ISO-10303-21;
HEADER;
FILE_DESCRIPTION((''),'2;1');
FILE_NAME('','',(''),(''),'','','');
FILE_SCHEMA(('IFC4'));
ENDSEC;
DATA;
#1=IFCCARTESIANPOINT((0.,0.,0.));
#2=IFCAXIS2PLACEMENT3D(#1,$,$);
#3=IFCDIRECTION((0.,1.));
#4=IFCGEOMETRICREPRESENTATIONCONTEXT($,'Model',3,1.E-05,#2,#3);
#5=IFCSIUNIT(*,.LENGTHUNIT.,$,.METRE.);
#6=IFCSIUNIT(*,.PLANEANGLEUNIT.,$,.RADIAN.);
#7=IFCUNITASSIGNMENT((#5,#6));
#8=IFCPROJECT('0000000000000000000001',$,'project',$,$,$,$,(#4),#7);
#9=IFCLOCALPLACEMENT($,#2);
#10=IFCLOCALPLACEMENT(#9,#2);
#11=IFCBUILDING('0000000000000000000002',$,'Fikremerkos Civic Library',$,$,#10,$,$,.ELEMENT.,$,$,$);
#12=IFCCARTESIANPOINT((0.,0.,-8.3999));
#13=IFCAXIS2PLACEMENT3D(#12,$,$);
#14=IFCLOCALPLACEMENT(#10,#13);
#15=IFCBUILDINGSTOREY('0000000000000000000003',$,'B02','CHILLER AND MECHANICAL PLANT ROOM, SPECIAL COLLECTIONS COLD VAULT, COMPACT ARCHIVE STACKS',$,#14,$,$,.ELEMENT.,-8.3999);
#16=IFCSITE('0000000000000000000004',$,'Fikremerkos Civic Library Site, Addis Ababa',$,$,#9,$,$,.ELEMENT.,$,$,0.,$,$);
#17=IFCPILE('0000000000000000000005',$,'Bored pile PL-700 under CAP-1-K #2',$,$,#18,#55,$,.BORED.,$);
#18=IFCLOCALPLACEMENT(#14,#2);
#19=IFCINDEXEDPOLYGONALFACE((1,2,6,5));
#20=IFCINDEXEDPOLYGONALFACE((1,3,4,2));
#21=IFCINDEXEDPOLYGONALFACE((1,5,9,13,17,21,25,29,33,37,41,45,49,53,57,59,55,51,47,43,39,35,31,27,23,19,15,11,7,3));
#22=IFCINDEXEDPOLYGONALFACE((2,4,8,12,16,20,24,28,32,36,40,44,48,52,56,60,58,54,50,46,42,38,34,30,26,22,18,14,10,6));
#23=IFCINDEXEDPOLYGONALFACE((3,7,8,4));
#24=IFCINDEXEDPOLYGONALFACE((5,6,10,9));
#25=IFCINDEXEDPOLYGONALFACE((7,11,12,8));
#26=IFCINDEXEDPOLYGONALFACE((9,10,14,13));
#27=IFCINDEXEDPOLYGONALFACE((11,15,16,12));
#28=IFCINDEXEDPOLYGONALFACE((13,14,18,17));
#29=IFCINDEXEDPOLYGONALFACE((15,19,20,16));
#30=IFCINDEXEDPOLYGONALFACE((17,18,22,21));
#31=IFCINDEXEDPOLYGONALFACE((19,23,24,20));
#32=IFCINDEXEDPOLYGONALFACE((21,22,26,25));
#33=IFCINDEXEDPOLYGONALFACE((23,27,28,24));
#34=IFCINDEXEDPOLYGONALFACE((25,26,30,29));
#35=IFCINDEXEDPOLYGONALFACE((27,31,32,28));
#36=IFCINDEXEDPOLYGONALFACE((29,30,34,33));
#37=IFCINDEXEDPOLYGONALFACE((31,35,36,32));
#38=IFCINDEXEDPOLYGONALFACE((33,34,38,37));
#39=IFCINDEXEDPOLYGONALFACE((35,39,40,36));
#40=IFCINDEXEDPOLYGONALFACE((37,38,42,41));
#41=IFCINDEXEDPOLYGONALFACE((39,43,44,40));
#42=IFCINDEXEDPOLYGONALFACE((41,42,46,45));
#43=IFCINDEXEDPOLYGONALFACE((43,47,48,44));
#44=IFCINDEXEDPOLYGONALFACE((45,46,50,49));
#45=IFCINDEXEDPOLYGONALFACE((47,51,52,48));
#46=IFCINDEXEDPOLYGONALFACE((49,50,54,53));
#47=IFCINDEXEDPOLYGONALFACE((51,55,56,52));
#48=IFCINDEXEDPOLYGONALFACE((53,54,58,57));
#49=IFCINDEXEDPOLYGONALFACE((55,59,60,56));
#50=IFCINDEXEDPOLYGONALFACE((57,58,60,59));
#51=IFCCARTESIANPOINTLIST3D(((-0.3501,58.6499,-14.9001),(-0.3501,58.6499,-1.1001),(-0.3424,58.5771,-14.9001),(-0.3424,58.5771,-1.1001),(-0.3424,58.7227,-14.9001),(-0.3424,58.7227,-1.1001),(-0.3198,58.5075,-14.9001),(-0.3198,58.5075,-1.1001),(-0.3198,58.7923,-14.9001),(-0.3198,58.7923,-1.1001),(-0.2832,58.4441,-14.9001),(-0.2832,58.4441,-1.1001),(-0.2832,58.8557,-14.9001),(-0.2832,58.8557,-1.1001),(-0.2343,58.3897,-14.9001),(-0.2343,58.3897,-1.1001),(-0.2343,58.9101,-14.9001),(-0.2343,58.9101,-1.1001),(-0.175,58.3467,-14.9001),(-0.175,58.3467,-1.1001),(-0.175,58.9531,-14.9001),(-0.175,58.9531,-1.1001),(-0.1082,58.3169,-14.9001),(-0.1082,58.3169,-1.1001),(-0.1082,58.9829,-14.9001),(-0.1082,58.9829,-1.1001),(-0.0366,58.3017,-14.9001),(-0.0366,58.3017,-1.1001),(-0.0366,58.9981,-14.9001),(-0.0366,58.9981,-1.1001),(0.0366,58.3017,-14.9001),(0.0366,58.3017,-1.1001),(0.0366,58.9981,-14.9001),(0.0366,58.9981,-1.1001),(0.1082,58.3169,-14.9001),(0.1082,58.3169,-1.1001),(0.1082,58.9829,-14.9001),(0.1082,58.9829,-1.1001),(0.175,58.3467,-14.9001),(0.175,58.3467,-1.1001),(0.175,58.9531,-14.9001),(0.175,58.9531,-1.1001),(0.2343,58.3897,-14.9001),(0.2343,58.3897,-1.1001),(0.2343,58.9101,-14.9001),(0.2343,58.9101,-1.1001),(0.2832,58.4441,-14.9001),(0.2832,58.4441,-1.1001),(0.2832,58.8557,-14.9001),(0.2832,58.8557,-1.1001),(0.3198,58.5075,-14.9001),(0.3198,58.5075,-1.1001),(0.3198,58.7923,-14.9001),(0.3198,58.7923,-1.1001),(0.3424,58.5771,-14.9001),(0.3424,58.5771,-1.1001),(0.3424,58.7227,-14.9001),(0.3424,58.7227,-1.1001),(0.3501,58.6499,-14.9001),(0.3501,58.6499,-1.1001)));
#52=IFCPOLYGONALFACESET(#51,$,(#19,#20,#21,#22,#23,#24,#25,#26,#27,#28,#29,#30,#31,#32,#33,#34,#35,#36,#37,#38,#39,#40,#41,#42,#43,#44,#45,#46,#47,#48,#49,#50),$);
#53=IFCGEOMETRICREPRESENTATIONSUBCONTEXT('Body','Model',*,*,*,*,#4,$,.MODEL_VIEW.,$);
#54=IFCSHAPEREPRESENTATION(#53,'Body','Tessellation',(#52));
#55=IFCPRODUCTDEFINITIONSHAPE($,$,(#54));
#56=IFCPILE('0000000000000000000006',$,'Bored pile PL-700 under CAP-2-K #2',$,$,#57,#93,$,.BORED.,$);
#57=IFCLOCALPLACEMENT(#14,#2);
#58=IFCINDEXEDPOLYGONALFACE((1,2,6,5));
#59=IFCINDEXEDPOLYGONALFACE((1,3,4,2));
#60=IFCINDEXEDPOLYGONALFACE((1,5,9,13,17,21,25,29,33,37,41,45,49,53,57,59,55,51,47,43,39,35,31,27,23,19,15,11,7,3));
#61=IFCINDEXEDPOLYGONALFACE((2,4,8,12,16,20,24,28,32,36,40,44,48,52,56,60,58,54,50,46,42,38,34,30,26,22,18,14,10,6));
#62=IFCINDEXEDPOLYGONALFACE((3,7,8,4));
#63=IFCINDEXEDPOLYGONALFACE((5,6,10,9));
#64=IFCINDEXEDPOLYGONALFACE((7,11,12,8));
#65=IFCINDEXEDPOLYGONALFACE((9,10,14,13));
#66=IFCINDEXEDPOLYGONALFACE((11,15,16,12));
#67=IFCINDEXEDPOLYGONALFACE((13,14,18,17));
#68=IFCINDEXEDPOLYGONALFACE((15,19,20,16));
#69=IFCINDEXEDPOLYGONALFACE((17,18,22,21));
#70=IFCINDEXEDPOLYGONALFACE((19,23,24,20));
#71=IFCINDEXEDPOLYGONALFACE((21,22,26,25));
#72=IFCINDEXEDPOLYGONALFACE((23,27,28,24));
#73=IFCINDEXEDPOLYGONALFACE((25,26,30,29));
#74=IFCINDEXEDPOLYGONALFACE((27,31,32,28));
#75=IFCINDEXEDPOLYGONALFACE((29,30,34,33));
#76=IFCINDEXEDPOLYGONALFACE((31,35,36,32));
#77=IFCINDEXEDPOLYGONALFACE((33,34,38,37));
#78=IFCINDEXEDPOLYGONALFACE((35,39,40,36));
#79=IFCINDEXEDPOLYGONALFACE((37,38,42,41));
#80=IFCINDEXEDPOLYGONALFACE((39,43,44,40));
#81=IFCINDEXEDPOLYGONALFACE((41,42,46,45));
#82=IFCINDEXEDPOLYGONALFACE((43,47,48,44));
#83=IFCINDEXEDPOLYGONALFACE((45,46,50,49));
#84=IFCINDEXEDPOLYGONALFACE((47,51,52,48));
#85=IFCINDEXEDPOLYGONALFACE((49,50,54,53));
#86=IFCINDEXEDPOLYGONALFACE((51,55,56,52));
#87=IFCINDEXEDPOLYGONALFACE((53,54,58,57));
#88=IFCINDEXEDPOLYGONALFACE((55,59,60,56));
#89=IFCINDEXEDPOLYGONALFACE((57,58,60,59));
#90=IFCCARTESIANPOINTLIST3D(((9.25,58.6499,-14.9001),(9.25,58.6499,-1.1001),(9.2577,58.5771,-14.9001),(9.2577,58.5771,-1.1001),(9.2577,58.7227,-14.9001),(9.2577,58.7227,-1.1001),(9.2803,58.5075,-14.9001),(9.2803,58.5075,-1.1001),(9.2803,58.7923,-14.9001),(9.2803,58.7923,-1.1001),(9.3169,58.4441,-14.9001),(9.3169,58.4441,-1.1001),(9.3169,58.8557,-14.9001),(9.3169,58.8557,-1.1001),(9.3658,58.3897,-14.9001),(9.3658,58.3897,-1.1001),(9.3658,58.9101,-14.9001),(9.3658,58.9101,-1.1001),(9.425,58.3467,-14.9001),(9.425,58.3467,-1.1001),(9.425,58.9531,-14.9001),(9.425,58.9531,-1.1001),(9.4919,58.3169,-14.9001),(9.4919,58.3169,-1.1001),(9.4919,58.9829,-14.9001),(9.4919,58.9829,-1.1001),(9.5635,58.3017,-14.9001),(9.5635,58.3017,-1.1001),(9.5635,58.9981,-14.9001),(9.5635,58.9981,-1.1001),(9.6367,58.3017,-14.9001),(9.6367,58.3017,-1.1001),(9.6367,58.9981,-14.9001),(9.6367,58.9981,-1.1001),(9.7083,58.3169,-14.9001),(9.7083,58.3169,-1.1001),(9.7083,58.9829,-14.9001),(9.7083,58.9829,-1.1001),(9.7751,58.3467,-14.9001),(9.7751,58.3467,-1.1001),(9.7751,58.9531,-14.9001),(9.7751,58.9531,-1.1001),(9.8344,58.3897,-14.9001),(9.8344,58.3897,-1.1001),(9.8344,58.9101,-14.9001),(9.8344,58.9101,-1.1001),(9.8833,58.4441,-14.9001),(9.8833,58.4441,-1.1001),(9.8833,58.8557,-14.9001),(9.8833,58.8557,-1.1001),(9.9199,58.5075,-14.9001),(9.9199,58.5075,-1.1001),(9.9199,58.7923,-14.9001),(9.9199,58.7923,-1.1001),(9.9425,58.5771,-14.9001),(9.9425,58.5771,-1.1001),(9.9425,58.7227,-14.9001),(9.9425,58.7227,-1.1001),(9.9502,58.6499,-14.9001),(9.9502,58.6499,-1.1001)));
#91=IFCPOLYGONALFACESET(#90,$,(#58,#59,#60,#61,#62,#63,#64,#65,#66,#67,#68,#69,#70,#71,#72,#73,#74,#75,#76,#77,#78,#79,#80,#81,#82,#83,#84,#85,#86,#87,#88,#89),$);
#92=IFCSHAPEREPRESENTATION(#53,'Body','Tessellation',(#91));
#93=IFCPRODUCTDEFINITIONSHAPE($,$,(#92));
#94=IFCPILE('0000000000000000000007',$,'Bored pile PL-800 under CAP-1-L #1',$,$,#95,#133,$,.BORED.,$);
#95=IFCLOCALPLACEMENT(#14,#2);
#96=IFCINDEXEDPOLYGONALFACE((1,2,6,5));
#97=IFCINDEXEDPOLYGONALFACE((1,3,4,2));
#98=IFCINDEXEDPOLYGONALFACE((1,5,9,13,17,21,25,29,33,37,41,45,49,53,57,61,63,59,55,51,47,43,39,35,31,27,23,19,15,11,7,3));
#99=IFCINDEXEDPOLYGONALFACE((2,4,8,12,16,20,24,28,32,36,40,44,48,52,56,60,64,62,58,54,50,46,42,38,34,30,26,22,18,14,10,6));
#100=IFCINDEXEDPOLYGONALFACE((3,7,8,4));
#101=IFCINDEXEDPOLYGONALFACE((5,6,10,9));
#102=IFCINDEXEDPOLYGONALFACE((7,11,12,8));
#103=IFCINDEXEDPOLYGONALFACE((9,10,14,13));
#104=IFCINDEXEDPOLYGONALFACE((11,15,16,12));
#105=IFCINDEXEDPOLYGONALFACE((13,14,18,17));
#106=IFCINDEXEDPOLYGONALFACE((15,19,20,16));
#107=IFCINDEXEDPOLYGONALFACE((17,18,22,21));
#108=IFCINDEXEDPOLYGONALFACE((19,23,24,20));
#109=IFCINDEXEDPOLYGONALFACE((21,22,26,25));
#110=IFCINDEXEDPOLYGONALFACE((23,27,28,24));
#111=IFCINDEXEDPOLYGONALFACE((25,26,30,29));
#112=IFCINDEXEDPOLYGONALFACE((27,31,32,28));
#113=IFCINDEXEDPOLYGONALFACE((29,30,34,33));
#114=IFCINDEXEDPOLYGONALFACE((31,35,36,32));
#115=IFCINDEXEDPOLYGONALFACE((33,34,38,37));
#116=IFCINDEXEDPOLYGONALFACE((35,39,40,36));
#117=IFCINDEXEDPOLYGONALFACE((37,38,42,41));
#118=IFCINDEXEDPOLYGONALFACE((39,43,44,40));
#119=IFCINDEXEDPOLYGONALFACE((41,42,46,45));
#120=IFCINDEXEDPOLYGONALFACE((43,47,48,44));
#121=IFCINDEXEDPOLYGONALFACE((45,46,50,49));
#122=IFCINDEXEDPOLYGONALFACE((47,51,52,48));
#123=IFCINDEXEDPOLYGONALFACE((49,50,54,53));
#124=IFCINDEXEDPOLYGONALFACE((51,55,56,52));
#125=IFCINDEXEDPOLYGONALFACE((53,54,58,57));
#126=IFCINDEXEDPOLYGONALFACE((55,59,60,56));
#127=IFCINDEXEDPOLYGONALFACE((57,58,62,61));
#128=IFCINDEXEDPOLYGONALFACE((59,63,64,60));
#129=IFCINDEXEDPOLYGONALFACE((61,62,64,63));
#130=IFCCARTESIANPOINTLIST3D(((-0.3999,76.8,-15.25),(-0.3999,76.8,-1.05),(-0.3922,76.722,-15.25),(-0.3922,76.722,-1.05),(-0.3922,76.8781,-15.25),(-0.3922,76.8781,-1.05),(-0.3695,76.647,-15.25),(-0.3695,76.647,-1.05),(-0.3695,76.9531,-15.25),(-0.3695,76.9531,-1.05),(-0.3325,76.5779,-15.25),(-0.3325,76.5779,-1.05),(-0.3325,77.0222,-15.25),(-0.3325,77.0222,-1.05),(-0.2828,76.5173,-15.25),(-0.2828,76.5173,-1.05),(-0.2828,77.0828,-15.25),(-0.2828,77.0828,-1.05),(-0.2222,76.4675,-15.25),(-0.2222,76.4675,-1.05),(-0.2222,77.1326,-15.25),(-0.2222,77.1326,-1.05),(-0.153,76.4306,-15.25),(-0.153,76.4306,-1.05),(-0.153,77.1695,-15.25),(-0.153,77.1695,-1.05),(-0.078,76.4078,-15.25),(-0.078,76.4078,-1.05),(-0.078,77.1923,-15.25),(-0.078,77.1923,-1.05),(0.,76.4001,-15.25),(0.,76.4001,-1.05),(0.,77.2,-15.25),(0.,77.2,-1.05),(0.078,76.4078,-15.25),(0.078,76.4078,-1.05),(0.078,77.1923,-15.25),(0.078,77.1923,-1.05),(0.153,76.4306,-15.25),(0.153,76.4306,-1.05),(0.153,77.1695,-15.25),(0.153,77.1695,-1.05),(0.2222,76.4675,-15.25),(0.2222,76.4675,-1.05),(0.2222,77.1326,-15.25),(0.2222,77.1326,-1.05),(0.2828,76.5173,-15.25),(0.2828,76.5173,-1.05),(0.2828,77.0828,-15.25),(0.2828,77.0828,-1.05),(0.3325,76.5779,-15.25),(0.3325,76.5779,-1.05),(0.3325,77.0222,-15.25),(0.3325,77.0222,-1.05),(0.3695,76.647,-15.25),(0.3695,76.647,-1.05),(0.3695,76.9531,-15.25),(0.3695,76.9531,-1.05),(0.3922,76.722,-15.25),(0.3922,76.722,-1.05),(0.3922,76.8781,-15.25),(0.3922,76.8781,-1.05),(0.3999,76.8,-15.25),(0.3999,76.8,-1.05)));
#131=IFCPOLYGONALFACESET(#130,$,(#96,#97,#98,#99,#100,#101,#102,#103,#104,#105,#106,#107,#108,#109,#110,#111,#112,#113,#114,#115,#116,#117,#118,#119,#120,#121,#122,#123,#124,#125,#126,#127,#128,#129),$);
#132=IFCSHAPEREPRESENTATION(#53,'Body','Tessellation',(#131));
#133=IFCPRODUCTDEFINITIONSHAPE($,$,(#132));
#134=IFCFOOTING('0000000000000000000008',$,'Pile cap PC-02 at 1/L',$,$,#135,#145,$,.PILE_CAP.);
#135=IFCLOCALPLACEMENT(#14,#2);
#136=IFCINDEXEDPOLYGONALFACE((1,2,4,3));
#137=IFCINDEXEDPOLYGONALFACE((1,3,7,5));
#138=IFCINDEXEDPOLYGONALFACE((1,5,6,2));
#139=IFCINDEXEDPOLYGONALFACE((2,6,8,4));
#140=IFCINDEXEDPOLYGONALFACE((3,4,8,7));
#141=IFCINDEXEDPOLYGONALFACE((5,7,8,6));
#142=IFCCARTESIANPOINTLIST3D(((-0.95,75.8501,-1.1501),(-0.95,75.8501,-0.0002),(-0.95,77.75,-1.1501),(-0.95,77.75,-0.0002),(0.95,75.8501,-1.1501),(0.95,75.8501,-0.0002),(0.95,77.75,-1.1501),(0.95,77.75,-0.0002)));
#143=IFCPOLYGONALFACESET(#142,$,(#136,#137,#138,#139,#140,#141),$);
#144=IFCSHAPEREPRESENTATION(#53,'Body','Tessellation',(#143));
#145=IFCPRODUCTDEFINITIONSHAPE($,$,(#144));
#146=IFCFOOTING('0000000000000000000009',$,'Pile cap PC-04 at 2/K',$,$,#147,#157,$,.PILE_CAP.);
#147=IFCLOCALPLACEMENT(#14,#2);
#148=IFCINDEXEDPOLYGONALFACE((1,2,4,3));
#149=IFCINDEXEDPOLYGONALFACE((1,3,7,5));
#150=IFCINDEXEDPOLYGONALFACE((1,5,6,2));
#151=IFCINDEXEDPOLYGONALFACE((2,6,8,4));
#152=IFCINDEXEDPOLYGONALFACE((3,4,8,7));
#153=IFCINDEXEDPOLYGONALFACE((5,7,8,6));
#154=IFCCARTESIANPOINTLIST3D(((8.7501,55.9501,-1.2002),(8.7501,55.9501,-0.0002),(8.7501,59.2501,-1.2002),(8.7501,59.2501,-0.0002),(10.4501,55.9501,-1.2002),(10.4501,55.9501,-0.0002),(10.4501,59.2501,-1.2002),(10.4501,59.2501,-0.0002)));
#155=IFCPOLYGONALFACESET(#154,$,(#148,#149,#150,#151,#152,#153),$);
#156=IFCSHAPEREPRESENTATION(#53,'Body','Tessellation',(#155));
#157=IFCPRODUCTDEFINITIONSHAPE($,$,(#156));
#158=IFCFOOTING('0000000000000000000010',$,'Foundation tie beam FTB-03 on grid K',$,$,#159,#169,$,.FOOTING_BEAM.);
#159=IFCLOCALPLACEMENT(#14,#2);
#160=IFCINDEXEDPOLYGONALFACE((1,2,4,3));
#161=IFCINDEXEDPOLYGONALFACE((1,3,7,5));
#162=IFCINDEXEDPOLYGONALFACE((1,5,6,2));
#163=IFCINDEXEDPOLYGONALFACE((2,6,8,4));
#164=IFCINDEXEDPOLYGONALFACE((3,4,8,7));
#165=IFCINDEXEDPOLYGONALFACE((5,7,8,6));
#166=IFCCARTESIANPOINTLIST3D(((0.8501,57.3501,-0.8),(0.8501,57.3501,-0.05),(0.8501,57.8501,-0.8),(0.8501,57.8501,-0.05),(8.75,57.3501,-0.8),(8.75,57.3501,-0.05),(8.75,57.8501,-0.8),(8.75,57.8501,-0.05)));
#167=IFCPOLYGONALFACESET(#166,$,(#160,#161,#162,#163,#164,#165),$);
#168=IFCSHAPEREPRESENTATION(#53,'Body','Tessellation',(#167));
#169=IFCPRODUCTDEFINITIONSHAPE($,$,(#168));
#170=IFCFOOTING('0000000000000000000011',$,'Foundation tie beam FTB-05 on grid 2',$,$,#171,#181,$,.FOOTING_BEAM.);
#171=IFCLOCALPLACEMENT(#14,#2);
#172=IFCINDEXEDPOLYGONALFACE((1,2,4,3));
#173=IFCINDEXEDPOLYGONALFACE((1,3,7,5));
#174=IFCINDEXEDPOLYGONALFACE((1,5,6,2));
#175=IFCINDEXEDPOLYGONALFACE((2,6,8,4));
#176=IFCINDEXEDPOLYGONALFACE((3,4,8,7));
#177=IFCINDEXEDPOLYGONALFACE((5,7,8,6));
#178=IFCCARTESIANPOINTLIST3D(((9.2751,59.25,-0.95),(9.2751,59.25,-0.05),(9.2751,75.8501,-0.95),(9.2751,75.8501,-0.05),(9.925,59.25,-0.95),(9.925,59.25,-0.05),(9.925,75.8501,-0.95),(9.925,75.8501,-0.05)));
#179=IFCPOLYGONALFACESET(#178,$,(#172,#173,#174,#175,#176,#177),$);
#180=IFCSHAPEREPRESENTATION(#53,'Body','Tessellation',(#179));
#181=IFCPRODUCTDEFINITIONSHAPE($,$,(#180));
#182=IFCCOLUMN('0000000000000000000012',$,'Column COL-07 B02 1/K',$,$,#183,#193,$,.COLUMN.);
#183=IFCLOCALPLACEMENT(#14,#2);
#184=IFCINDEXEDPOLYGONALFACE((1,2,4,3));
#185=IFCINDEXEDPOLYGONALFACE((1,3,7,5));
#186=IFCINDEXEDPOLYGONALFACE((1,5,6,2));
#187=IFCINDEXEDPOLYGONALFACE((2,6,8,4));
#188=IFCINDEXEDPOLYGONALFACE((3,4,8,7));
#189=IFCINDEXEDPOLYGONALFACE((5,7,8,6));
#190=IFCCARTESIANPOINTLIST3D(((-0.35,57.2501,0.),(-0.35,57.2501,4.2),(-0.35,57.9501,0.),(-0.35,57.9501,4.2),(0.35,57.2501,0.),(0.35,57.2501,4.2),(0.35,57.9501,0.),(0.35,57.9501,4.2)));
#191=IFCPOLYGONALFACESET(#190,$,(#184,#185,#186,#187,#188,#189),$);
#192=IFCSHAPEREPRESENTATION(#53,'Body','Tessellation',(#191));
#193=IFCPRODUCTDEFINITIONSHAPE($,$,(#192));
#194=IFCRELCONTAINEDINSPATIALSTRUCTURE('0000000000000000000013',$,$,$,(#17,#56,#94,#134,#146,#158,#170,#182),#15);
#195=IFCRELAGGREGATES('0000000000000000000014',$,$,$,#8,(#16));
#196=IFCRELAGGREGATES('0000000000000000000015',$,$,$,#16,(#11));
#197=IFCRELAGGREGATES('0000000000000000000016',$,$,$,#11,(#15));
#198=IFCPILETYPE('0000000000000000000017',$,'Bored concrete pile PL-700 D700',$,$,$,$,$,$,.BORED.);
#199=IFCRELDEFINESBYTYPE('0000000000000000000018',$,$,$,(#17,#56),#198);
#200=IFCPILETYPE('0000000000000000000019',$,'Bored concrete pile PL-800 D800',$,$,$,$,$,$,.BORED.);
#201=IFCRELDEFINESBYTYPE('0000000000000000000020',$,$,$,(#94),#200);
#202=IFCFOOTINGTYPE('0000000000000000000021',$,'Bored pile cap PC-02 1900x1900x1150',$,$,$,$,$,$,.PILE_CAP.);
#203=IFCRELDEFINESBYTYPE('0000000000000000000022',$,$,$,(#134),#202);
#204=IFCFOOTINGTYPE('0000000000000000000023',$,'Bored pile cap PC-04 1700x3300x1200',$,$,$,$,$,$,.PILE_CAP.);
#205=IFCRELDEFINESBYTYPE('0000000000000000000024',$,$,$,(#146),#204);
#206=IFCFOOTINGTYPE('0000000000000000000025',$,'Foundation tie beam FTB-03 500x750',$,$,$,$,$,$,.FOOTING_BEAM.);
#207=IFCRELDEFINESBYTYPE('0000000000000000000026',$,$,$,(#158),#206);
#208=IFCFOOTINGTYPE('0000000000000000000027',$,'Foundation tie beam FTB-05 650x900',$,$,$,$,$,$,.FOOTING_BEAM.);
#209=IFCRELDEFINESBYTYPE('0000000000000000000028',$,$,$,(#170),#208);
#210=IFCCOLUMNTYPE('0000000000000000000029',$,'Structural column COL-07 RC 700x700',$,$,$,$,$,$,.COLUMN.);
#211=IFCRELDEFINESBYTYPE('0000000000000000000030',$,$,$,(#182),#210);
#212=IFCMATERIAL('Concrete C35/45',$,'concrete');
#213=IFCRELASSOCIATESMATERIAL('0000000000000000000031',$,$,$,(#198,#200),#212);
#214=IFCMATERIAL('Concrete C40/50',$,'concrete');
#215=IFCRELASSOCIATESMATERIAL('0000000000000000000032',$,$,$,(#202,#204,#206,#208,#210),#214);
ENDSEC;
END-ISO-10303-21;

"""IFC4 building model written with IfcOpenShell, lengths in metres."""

from ifc_helpers import new_model, si_unit, direction, frame, origin, origin_2d, place, context, subcontext, project, spatial, rectangle, circle, extrude, material, material_profile, profile_set, type_object, element, save


model = new_model("IFC4")

# Units and contexts
model_context = context("Model", 3, precision=1e-05, world=origin(), true_north=direction((0.0, 1.0)))
body_context = subcontext(model_context, "Body", "Model", "MODEL_VIEW")
ifc_project = project(units=[si_unit("LENGTHUNIT", "METRE"), si_unit("PLANEANGLEUNIT", "RADIAN")], contexts=[model_context])

# Site, building, storey
site_placement = place(None, origin())
site = spatial("IfcSite", under=ifc_project, at=site_placement, Name="Fikremerkos Civic Library Site, Addis Ababa", CompositionType="ELEMENT", RefElevation=0.0)
building_placement = place(site_placement, origin())
building = spatial("IfcBuilding", under=site, at=building_placement, Name="Fikremerkos Civic Library", CompositionType="ELEMENT")
storey_placement = place(building_placement, frame((0.0, 0.0, -8.3999)))
storey = spatial("IfcBuildingStorey", under=building, at=storey_placement, Name="B02", Description="CHILLER AND MECHANICAL PLANT ROOM, SPECIAL COLLECTIONS COLD VAULT, COMPACT ARCHIVE STACKS", CompositionType="ELEMENT", Elevation=-8.3999)

# Piles
ifc_material_1 = material(Name="Concrete C35/45", Category="concrete")
ifc_material_profile_1 = material_profile(ifc_material_1, circle(Radius=0.3501, at=origin_2d()), Name="BORED PILE 700")
ifc_profile_set_1 = profile_set([ifc_material_profile_1], Name="Concrete C35/45")
pile_type_1 = type_object("IfcPileType", Name="Bored concrete pile PL-700 D700", PredefinedType="BORED", material=ifc_profile_set_1)
for number, where, z_axis, x_axis, name in (
    (1, (0.0, 58.6499, -1.1001), (0.0, 0.0, -1.0), (1.0, 0.0, 0.0), "Bored pile PL-700 under CAP-1-K #2"),
    (2, (9.6001, 58.6499, -1.1001), (0.0, 0.0, -1.0), (1.0, 0.0, 0.0), "Bored pile PL-700 under CAP-2-K #2"),
):
    element("IfcPile", number, at=place(storey_placement, frame(where, z_axis=z_axis, x_axis=x_axis)), inside=storey, type_object=pile_type_1, Name=name, PredefinedType="BORED", context=body_context, shape_type="SweptSolid", body=[
        extrude(circle(Radius=0.3501, at=origin_2d()), origin(), (0.0, 0.0, 1.0), 13.8),
    ])
ifc_material_profile_2 = material_profile(ifc_material_1, circle(Radius=0.3999, at=origin_2d()), Name="BORED PILE 800")
ifc_profile_set_2 = profile_set([ifc_material_profile_2], Name="Concrete C35/45")
pile_type_2 = type_object("IfcPileType", Name="Bored concrete pile PL-800 D800", PredefinedType="BORED", material=ifc_profile_set_2)
pile_placement = place(storey_placement, frame((0.0, 76.8, -1.05), z_axis=(0.0, 0.0, -1.0), x_axis=(1.0, 0.0, 0.0)))
element("IfcPile", 3, at=pile_placement, inside=storey, type_object=pile_type_2, Name="Bored pile PL-800 under CAP-1-L #1", PredefinedType="BORED", context=body_context, shape_type="SweptSolid", body=[
    extrude(circle(Radius=0.3999, at=origin_2d()), origin(), (0.0, 0.0, 1.0), 14.2),
])

# Footings
ifc_material_2 = material(Name="Concrete C40/50", Category="concrete")
footing_type_1 = type_object("IfcFootingType", Name="Bored pile cap PC-02 1900x1900x1150", PredefinedType="PILE_CAP", material=ifc_material_2)
footing_1_placement = place(storey_placement, frame((0.0, 76.8, -1.1501), z_axis=(0.0, 0.0, 1.0), x_axis=(1.0, 0.0, 0.0)))
element("IfcFooting", 4, at=footing_1_placement, inside=storey, type_object=footing_type_1, Name="Pile cap PC-02 at 1/L", PredefinedType="PILE_CAP", context=body_context, shape_type="SweptSolid", body=[
    extrude(rectangle(XDim=1.8999, YDim=1.8999, at=origin_2d()), origin(), (0.0, 0.0, 1.0), 1.1499),
])
footing_type_2 = type_object("IfcFootingType", Name="Bored pile cap PC-04 1700x3300x1200", PredefinedType="PILE_CAP", material=ifc_material_2)
footing_2_placement = place(storey_placement, frame((9.6001, 57.6001, -1.2002), z_axis=(0.0, 0.0, 1.0), x_axis=(1.0, 0.0, 0.0)))
element("IfcFooting", 5, at=footing_2_placement, inside=storey, type_object=footing_type_2, Name="Pile cap PC-04 at 2/K", PredefinedType="PILE_CAP", context=body_context, shape_type="SweptSolid", body=[
    extrude(rectangle(XDim=1.7, YDim=3.3, at=origin_2d()), origin(), (0.0, 0.0, 1.0), 1.2),
])
footing_type_3 = type_object("IfcFootingType", Name="Foundation tie beam FTB-03 500x750", PredefinedType="FOOTING_BEAM", material=ifc_material_2)
footing_3_placement = place(storey_placement, frame((4.8, 57.6001, -0.8), z_axis=(0.0, 0.0, 1.0), x_axis=(1.0, 0.0, 0.0)))
element("IfcFooting", 6, at=footing_3_placement, inside=storey, type_object=footing_type_3, Name="Foundation tie beam FTB-03 on grid K", PredefinedType="FOOTING_BEAM", context=body_context, shape_type="SweptSolid", body=[
    extrude(rectangle(XDim=7.8999, YDim=0.5, at=origin_2d()), origin(), (0.0, 0.0, 1.0), 0.75),
])
footing_type_4 = type_object("IfcFootingType", Name="Foundation tie beam FTB-05 650x900", PredefinedType="FOOTING_BEAM", material=ifc_material_2)
footing_4_placement = place(storey_placement, frame((9.6001, 67.55, -0.95), z_axis=(0.0, 0.0, 1.0), x_axis=(0.0, 1.0, 0.0)))
element("IfcFooting", 7, at=footing_4_placement, inside=storey, type_object=footing_type_4, Name="Foundation tie beam FTB-05 on grid 2", PredefinedType="FOOTING_BEAM", context=body_context, shape_type="SweptSolid", body=[
    extrude(rectangle(XDim=16.6001, YDim=0.6499, at=origin_2d()), origin(), (0.0, 0.0, 1.0), 0.8999),
])

# Column
ifc_material_profile_3 = material_profile(ifc_material_2, rectangle(XDim=0.7, YDim=0.7, at=origin_2d()), Name="RC 700x700")
ifc_profile_set_3 = profile_set([ifc_material_profile_3], Name="Concrete C40/50")
column_type_1 = type_object("IfcColumnType", Name="Structural column COL-07 RC 700x700", PredefinedType="COLUMN", material=ifc_profile_set_3)
for number, where, z_axis, x_axis, name in (
    (8, (0.0, 57.6001, 0.0), (0.0, 0.0, 1.0), (1.0, 0.0, 0.0), "Column COL-07 B02 1/K"),
):
    element("IfcColumn", number, at=place(storey_placement, frame(where, z_axis=z_axis, x_axis=x_axis)), inside=storey, type_object=column_type_1, Name=name, PredefinedType="COLUMN", context=body_context, shape_type="SweptSolid", body=[
        extrude(rectangle(XDim=0.7, YDim=0.7, at=origin_2d()), origin(), (0.0, 0.0, 1.0), 4.2),
    ])

save(model, "model.ifc")
